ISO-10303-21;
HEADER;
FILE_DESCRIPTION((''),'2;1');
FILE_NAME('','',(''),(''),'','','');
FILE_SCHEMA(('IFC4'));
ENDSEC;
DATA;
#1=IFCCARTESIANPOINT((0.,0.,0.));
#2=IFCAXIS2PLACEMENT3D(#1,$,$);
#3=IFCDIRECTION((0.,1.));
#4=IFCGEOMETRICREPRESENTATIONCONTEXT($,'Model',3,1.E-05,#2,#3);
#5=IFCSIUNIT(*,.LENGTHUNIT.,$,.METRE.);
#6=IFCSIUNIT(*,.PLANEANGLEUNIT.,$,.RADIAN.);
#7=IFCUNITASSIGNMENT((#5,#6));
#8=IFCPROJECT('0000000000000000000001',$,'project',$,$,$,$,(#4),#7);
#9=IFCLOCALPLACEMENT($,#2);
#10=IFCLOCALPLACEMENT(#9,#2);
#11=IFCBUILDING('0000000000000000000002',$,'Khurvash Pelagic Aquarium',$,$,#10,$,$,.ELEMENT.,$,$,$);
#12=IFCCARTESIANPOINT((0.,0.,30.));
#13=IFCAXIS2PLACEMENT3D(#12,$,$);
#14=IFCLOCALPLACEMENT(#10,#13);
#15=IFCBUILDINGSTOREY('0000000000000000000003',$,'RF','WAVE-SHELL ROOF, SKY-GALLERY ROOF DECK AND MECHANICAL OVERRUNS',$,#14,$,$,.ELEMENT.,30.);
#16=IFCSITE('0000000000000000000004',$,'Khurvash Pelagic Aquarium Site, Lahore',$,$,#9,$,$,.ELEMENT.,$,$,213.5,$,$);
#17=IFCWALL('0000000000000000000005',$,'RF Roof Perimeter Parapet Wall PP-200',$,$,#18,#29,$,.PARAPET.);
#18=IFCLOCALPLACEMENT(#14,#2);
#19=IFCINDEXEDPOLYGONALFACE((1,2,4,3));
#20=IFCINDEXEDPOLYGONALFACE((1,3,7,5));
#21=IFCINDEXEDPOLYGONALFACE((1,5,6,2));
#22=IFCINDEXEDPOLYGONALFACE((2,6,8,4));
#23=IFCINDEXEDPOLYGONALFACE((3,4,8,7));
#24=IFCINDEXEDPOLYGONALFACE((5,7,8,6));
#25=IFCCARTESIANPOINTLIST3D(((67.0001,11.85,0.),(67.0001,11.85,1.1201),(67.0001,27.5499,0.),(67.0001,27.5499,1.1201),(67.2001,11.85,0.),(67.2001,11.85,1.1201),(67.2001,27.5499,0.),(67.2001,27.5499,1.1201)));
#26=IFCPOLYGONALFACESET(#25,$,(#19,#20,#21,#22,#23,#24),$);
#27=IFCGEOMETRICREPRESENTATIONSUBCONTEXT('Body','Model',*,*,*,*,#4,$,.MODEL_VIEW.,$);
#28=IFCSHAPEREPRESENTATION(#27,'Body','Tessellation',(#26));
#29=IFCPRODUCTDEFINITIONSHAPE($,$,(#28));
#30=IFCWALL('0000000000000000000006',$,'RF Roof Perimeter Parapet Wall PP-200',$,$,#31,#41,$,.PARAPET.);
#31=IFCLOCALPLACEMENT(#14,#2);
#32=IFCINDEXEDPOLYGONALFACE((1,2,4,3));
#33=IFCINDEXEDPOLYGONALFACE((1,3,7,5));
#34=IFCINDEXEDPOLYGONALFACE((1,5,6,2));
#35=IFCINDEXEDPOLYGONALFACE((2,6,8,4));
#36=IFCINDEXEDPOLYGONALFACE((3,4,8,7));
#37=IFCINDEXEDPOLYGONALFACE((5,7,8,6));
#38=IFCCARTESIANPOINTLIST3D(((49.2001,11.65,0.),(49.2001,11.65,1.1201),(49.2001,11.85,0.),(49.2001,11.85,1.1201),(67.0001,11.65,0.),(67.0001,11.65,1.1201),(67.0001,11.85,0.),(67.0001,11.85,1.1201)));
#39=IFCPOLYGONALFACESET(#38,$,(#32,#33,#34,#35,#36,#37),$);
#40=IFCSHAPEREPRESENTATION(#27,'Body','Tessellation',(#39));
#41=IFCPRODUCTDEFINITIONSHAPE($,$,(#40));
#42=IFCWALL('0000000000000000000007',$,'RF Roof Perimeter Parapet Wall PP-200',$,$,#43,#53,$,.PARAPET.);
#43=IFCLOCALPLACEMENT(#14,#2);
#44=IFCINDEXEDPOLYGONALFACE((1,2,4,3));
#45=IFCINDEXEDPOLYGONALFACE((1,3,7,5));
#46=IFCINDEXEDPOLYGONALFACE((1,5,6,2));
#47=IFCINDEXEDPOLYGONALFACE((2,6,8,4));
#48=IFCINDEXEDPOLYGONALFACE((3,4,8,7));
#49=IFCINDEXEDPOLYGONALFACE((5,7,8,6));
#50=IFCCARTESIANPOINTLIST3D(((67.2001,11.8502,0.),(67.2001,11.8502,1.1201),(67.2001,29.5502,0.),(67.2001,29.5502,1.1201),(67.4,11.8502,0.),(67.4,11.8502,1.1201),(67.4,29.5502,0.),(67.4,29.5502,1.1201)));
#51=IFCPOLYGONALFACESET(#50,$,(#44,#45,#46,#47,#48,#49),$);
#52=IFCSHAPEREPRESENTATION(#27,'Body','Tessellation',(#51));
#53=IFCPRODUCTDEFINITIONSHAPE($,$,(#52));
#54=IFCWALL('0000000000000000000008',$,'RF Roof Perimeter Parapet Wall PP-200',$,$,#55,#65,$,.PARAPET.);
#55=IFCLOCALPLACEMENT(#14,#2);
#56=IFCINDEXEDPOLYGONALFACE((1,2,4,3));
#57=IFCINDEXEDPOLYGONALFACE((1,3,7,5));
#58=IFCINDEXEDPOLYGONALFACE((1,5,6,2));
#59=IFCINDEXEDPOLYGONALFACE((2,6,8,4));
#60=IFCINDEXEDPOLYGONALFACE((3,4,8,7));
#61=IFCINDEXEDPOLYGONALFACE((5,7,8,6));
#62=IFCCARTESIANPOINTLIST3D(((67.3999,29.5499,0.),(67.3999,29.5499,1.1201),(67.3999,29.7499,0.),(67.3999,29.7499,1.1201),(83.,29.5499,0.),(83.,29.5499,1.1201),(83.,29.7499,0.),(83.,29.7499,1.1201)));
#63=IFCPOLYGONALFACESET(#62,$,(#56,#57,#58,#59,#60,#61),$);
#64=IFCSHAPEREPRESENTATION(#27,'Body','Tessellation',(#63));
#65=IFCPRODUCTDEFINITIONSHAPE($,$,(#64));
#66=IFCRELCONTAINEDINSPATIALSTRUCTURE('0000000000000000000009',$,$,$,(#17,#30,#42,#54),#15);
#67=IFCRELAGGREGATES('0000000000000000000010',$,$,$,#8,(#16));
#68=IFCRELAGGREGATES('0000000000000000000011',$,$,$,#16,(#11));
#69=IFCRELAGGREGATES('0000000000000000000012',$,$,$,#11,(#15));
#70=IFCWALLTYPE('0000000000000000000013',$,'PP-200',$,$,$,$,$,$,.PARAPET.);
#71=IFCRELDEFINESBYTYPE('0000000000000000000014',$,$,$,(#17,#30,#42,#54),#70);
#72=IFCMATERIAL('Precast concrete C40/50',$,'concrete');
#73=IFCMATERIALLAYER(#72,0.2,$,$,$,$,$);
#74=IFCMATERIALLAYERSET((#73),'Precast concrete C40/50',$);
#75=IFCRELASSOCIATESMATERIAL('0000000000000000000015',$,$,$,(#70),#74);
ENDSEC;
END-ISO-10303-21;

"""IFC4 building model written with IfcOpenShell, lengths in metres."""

from ifc_helpers import new_model, si_unit, direction, frame, frame_2d, origin, place, context, subcontext, project, spatial, rectangle, extrude, material, layer, layer_set, type_object, element, save


model = new_model("IFC4")

# Units and contexts
model_context = context("Model", 3, precision=1e-05, world=origin(), true_north=direction((0.0, 1.0)))
body_context = subcontext(model_context, "Body", "Model", "MODEL_VIEW")
ifc_project = project(units=[si_unit("LENGTHUNIT", "METRE"), si_unit("PLANEANGLEUNIT", "RADIAN")], contexts=[model_context])

# Site, building, storey
site_placement = place(None, origin())
site = spatial("IfcSite", under=ifc_project, at=site_placement, Name="Khurvash Pelagic Aquarium Site, Lahore", CompositionType="ELEMENT", RefElevation=213.5)
building_placement = place(site_placement, origin())
building = spatial("IfcBuilding", under=site, at=building_placement, Name="Khurvash Pelagic Aquarium", CompositionType="ELEMENT")
storey_placement = place(building_placement, frame((0.0, 0.0, 30.0)))
storey = spatial("IfcBuildingStorey", under=building, at=storey_placement, Name="RF", Description="WAVE-SHELL ROOF, SKY-GALLERY ROOF DECK AND MECHANICAL OVERRUNS", CompositionType="ELEMENT", Elevation=30.0)

# Walls
ifc_material_1 = material(Name="Precast concrete C40/50", Category="concrete")
ifc_layer = layer(ifc_material_1, 0.2)
ifc_layer_set = layer_set([ifc_layer], Name="Precast concrete C40/50")
wall_type = type_object("IfcWallType", Name="PP-200", PredefinedType="PARAPET", material=ifc_layer_set)
wall_1_placement = place(storey_placement, frame((67.1001, 27.55, 0.0), z_axis=(0.0, 0.0, 1.0), x_axis=(0.0, -1.0, 0.0)))
element("IfcWall", 1, at=wall_1_placement, inside=storey, type_object=wall_type, Name="RF Roof Perimeter Parapet Wall PP-200", PredefinedType="PARAPET", context=body_context, shape_type="SweptSolid", body=[
    extrude(rectangle(XDim=15.7, YDim=0.2, at=frame_2d((7.8501, 0.0))), origin(), (0.0, 0.0, 1.0), 1.1201),
])
wall_2_placement = place(storey_placement, frame((67.0, 11.75, 0.0), z_axis=(0.0, 0.0, 1.0), x_axis=(-1.0, 0.0, 0.0)))
element("IfcWall", 2, at=wall_2_placement, inside=storey, type_object=wall_type, Name="RF Roof Perimeter Parapet Wall PP-200", PredefinedType="PARAPET", context=body_context, shape_type="SweptSolid", body=[
    extrude(rectangle(XDim=17.8, YDim=0.2, at=frame_2d((8.8999, 0.0))), origin(), (0.0, 0.0, 1.0), 1.1201),
])
wall_3_placement = place(storey_placement, frame((67.3, 11.8501, 0.0), z_axis=(0.0, 0.0, 1.0), x_axis=(0.0, 1.0, 0.0)))
element("IfcWall", 3, at=wall_3_placement, inside=storey, type_object=wall_type, Name="RF Roof Perimeter Parapet Wall PP-200", PredefinedType="PARAPET", context=body_context, shape_type="SweptSolid", body=[
    extrude(rectangle(XDim=17.7, YDim=0.2, at=frame_2d((8.8501, 0.0))), origin(), (0.0, 0.0, 1.0), 1.1201),
])
wall_4_placement = place(storey_placement, frame((67.3999, 29.6499, 0.0), z_axis=(0.0, 0.0, 1.0), x_axis=(1.0, 0.0, 0.0)))
element("IfcWall", 4, at=wall_4_placement, inside=storey, type_object=wall_type, Name="RF Roof Perimeter Parapet Wall PP-200", PredefinedType="PARAPET", context=body_context, shape_type="SweptSolid", body=[
    extrude(rectangle(XDim=15.6001, YDim=0.2, at=frame_2d((7.8, 0.0))), origin(), (0.0, 0.0, 1.0), 1.1201),
])

save(model, "model.ifc")
